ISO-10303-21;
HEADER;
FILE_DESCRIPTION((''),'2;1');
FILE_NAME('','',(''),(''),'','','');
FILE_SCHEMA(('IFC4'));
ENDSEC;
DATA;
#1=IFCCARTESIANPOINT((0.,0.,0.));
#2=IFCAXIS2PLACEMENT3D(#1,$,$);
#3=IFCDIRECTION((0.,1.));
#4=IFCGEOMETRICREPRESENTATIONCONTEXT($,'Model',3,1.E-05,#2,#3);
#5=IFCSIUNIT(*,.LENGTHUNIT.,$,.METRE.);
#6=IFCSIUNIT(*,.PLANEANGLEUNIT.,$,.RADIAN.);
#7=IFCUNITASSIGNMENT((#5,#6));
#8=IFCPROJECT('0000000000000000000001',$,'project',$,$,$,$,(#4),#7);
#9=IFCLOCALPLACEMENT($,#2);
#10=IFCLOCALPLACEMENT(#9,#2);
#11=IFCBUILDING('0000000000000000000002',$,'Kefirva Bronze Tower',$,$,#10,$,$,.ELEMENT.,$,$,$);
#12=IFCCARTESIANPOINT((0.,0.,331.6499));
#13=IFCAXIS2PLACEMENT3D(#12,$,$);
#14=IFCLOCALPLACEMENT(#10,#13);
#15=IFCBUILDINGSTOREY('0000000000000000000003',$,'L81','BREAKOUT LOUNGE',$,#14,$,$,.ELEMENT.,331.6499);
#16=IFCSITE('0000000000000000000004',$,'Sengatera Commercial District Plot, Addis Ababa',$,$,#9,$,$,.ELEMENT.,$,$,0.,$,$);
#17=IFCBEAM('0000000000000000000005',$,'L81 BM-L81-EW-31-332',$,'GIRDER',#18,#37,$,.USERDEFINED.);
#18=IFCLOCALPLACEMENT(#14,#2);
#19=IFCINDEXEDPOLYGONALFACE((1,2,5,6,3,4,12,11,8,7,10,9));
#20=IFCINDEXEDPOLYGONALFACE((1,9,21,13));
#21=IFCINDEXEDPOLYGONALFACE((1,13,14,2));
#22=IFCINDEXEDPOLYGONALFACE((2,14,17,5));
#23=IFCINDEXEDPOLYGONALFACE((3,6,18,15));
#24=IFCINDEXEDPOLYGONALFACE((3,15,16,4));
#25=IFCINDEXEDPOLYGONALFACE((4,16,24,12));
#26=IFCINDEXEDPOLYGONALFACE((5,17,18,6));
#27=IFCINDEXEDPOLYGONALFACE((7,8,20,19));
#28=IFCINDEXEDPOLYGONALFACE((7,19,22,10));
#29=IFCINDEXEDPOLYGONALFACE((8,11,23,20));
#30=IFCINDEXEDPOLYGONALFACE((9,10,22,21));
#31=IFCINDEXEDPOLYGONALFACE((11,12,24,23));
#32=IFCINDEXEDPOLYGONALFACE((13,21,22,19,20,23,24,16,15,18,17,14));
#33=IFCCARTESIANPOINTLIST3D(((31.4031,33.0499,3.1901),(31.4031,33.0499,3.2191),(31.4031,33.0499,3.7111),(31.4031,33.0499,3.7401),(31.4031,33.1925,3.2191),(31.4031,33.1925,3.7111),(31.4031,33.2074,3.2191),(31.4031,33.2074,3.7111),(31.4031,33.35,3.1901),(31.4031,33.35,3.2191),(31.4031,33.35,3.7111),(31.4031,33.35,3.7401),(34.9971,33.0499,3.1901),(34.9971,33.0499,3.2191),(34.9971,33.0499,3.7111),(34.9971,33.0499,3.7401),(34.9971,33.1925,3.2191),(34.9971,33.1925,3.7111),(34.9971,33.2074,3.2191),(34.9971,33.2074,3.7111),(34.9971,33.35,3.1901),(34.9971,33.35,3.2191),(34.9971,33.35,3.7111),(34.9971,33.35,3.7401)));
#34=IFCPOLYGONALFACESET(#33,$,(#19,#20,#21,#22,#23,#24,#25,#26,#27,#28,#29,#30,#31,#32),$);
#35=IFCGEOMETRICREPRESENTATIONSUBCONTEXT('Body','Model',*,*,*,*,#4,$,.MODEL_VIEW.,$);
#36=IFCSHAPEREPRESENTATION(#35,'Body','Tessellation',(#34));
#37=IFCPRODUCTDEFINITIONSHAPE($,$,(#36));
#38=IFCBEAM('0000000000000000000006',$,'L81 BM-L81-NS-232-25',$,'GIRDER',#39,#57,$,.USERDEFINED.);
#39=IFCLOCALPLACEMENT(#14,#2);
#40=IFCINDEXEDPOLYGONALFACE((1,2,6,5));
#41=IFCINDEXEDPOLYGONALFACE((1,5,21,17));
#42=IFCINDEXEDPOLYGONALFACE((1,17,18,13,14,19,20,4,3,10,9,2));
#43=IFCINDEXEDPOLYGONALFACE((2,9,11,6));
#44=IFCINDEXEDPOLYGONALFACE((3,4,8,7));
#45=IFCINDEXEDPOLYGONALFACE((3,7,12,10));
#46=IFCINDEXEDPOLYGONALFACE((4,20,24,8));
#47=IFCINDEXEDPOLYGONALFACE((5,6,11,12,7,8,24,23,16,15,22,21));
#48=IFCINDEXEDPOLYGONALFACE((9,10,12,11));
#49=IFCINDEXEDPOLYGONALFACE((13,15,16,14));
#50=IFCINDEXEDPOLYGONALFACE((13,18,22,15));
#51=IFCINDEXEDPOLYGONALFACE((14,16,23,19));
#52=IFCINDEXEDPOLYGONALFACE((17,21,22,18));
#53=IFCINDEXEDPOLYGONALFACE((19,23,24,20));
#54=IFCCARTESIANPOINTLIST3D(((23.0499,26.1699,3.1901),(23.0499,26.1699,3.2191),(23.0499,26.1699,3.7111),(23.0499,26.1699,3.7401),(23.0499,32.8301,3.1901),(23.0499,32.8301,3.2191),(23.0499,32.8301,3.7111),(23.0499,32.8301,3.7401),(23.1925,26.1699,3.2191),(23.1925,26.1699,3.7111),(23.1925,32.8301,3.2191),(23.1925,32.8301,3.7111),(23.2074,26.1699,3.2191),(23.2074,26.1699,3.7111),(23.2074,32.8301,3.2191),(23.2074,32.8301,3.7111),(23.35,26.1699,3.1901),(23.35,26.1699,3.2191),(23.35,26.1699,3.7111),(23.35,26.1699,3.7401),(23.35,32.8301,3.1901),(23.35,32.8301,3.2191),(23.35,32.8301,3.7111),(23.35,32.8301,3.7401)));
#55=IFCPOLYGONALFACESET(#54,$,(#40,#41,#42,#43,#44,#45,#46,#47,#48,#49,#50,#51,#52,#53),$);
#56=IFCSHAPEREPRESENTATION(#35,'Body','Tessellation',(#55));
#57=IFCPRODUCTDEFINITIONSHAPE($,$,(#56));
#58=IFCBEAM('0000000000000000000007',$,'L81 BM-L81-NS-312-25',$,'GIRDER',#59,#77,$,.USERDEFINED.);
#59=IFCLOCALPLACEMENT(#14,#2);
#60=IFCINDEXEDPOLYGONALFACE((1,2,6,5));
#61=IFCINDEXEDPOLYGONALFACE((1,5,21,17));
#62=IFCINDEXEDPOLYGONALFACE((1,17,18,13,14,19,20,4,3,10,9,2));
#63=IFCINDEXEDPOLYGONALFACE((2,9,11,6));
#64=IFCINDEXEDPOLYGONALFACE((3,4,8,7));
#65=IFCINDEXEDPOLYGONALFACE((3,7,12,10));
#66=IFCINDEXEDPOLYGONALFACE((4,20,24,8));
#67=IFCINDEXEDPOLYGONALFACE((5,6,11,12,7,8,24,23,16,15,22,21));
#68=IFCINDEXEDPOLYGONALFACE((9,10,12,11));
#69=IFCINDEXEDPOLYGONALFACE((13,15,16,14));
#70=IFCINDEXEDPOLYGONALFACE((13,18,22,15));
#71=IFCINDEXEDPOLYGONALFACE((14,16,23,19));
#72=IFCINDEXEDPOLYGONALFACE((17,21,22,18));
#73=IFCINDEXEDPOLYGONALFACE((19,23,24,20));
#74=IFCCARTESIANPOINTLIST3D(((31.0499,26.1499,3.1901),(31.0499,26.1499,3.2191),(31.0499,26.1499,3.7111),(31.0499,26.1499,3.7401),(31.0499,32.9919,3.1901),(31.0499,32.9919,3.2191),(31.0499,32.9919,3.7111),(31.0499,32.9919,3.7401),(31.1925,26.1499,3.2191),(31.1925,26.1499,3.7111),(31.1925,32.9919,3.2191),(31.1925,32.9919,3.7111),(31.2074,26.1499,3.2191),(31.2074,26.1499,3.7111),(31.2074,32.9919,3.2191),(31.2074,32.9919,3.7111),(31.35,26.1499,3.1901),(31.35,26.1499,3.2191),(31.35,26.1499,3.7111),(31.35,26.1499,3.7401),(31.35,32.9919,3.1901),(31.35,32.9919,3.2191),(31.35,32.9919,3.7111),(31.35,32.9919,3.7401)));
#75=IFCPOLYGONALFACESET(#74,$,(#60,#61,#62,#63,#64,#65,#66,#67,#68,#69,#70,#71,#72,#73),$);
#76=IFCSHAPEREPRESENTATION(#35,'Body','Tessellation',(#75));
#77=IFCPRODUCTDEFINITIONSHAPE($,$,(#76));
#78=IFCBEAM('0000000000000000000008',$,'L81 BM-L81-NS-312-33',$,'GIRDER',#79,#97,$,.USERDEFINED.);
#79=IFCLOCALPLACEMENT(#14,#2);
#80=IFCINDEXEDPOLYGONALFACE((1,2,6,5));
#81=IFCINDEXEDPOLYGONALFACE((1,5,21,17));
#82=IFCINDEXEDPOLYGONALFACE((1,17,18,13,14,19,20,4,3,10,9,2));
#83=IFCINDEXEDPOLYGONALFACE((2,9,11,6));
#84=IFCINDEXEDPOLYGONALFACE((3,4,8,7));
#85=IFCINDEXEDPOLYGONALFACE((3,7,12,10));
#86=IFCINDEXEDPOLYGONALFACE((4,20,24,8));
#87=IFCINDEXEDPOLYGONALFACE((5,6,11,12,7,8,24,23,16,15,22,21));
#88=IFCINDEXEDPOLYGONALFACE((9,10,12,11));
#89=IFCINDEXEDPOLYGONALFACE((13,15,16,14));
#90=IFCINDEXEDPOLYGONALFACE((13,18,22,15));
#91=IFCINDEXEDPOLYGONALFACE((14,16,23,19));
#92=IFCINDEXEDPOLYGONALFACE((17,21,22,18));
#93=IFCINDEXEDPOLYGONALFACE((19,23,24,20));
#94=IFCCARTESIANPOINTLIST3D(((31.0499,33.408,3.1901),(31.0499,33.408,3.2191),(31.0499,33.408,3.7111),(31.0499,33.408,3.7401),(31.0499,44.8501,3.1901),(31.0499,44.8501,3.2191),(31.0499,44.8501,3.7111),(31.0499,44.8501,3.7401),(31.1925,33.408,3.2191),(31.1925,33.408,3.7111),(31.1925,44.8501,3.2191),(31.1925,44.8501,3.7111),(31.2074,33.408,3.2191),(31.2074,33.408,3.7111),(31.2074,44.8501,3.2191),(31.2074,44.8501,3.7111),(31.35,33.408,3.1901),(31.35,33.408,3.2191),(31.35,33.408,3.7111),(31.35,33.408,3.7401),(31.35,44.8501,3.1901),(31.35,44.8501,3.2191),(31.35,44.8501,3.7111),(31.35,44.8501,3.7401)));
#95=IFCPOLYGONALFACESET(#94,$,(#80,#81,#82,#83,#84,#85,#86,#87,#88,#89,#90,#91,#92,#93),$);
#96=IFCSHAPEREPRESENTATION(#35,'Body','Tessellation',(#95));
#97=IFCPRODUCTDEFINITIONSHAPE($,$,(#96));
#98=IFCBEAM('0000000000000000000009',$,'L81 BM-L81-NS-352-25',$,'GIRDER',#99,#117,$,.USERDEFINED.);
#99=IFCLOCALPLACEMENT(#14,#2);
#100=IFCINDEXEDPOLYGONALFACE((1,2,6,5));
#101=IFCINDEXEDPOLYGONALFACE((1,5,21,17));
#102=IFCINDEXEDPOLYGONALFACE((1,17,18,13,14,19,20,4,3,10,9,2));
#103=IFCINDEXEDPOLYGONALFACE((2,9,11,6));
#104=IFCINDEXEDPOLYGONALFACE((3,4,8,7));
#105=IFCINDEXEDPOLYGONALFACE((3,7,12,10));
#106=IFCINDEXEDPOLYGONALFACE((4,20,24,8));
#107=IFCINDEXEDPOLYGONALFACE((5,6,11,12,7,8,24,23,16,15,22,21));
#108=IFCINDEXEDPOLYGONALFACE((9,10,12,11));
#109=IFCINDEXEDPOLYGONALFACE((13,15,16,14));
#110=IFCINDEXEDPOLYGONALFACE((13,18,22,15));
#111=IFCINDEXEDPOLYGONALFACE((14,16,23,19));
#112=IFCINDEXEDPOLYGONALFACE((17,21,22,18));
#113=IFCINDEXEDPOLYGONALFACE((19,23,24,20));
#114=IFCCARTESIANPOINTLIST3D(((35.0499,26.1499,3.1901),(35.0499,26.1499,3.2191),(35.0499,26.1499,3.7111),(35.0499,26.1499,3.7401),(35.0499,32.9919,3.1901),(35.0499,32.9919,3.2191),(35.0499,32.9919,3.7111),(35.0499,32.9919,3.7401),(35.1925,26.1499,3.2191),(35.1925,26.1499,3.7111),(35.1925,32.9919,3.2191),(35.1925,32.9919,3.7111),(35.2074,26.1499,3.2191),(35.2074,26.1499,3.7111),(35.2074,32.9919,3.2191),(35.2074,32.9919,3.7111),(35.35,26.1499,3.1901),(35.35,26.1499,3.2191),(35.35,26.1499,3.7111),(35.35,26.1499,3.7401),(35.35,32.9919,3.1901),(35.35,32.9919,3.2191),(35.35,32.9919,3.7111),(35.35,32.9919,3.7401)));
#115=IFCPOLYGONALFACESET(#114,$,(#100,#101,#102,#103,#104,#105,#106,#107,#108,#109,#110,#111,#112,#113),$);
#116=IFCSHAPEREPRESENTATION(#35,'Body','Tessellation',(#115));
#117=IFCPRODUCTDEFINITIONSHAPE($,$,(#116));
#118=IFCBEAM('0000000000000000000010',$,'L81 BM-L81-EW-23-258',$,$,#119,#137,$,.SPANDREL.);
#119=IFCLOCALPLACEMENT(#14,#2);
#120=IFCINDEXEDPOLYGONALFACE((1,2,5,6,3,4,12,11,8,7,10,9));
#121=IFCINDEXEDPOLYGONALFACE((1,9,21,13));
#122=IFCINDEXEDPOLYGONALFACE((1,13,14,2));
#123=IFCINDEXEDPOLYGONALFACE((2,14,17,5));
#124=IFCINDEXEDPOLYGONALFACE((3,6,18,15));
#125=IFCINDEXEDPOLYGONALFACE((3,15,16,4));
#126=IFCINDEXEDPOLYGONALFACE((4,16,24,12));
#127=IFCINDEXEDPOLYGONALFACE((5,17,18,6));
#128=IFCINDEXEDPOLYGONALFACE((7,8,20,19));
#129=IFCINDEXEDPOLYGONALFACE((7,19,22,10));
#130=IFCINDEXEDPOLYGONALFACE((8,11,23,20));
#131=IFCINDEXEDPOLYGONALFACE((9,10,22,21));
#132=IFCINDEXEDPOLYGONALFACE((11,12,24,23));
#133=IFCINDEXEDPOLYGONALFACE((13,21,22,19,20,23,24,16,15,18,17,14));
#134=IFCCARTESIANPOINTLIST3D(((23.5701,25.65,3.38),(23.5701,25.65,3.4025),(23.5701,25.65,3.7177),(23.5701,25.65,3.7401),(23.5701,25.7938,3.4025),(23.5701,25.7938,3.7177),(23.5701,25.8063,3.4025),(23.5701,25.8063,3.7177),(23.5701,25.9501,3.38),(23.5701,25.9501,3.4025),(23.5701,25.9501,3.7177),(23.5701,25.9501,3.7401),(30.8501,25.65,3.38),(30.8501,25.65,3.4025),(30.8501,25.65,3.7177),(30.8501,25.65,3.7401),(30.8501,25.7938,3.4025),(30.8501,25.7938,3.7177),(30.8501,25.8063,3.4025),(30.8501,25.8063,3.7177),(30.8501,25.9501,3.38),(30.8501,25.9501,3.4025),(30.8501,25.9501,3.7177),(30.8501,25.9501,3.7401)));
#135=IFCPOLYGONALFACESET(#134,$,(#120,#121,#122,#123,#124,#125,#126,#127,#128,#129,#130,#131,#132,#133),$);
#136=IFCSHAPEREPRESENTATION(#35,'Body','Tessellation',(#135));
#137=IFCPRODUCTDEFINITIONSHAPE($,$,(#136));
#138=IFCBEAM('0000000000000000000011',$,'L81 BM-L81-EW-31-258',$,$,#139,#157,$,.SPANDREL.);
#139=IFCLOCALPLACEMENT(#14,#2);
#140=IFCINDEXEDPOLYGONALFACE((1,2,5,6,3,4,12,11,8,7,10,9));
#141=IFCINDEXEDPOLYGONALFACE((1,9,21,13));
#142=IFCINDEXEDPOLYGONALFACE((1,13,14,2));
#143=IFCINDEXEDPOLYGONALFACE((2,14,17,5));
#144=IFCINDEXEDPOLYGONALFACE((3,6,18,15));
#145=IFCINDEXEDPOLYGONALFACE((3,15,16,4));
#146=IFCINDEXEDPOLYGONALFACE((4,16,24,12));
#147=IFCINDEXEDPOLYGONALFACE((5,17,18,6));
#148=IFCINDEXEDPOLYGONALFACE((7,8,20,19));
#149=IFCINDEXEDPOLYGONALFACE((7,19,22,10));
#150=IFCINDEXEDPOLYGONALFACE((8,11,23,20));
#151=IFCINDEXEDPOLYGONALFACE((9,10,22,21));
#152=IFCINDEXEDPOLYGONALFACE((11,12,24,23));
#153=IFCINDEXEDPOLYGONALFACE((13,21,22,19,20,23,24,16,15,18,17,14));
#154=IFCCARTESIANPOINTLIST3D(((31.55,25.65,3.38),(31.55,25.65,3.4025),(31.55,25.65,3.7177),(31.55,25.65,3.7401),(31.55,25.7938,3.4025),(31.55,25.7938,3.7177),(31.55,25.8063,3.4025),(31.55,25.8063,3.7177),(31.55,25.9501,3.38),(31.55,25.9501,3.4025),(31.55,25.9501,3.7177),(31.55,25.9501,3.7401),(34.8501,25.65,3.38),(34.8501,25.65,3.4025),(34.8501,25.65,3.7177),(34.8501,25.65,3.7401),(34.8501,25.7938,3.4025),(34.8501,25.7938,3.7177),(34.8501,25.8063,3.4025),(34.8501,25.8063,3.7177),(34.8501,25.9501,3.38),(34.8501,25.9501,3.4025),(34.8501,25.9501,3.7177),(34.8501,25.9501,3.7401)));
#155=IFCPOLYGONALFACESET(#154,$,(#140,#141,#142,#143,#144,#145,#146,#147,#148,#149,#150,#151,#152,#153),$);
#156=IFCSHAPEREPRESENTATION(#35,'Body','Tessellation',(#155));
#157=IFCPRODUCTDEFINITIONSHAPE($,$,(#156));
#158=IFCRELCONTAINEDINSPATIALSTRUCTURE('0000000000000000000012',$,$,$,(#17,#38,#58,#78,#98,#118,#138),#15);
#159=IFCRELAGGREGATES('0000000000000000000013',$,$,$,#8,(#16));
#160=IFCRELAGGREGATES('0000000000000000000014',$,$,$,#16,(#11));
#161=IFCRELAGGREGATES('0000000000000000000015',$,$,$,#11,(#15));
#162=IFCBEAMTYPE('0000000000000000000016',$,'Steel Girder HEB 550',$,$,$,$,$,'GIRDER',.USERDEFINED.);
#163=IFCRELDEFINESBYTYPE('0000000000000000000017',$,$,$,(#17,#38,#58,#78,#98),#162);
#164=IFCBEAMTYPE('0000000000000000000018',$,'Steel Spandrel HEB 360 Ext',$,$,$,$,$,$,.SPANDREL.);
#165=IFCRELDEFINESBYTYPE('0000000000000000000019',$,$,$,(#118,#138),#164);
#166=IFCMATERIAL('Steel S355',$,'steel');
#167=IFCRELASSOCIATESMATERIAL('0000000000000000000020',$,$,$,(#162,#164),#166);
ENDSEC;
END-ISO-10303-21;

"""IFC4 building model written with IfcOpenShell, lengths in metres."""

from ifc_helpers import new_model, si_unit, direction, frame, origin, origin_2d, place, context, subcontext, project, spatial, i_section, extrude, material, material_profile, profile_set, type_object, element, save


model = new_model("IFC4")

# Units and contexts
model_context = context("Model", 3, precision=1e-05, world=origin(), true_north=direction((0.0, 1.0)))
body_context = subcontext(model_context, "Body", "Model", "MODEL_VIEW")
ifc_project = project(units=[si_unit("LENGTHUNIT", "METRE"), si_unit("PLANEANGLEUNIT", "RADIAN")], contexts=[model_context])

# Site, building, storey
site_placement = place(None, origin())
site = spatial("IfcSite", under=ifc_project, at=site_placement, Name="Sengatera Commercial District Plot, Addis Ababa", CompositionType="ELEMENT", RefElevation=0.0)
building_placement = place(site_placement, origin())
building = spatial("IfcBuilding", under=site, at=building_placement, Name="Kefirva Bronze Tower", CompositionType="ELEMENT")
storey_placement = place(building_placement, frame((0.0, 0.0, 331.6499)))
storey = spatial("IfcBuildingStorey", under=building, at=storey_placement, Name="L81", Description="BREAKOUT LOUNGE", CompositionType="ELEMENT", Elevation=331.6499)

# Beams
ifc_material_1 = material(Name="Steel S355", Category="steel")
ifc_material_profile_1 = material_profile(ifc_material_1, i_section(OverallWidth=0.3, OverallDepth=0.55, WebThickness=0.0149, FlangeThickness=0.0291, at=origin_2d()), Name="HEB 550")
ifc_profile_set_1 = profile_set([ifc_material_profile_1], Name="Steel S355")
beam_type_1 = type_object("IfcBeamType", Name="Steel Girder HEB 550", ElementType="GIRDER", PredefinedType="USERDEFINED", material=ifc_profile_set_1)
beam_1_placement = place(storey_placement, frame((31.4031, 33.2, 3.4651), z_axis=(1.0, 0.0, 0.0), x_axis=(0.0, 1.0, 0.0)))
element("IfcBeam", 1, at=beam_1_placement, inside=storey, type_object=beam_type_1, Name="L81 BM-L81-EW-31-332", ObjectType="GIRDER", PredefinedType="USERDEFINED", context=body_context, shape_type="SweptSolid", body=[
    extrude(i_section(OverallWidth=0.3, OverallDepth=0.55, WebThickness=0.0149, FlangeThickness=0.0291, at=origin_2d()), origin(), (0.0, 0.0, 1.0), 3.594),
])
beam_2_placement = place(storey_placement, frame((23.2, 26.1699, 3.4651), z_axis=(0.0, 1.0, 0.0), x_axis=(-1.0, 0.0, 0.0)))
element("IfcBeam", 2, at=beam_2_placement, inside=storey, type_object=beam_type_1, Name="L81 BM-L81-NS-232-25", ObjectType="GIRDER", PredefinedType="USERDEFINED", context=body_context, shape_type="SweptSolid", body=[
    extrude(i_section(OverallWidth=0.3, OverallDepth=0.55, WebThickness=0.0149, FlangeThickness=0.0291, at=origin_2d()), origin(), (0.0, 0.0, 1.0), 6.6602),
])
beam_3_placement = place(storey_placement, frame((31.2, 26.1499, 3.4651), z_axis=(0.0, 1.0, 0.0), x_axis=(-1.0, 0.0, 0.0)))
element("IfcBeam", 3, at=beam_3_placement, inside=storey, type_object=beam_type_1, Name="L81 BM-L81-NS-312-25", ObjectType="GIRDER", PredefinedType="USERDEFINED", context=body_context, shape_type="SweptSolid", body=[
    extrude(i_section(OverallWidth=0.3, OverallDepth=0.55, WebThickness=0.0149, FlangeThickness=0.0291, at=origin_2d()), origin(), (0.0, 0.0, 1.0), 6.842),
])
beam_4_placement = place(storey_placement, frame((31.2, 33.408, 3.4651), z_axis=(0.0, 1.0, 0.0), x_axis=(-1.0, 0.0, 0.0)))
element("IfcBeam", 4, at=beam_4_placement, inside=storey, type_object=beam_type_1, Name="L81 BM-L81-NS-312-33", ObjectType="GIRDER", PredefinedType="USERDEFINED", context=body_context, shape_type="SweptSolid", body=[
    extrude(i_section(OverallWidth=0.3, OverallDepth=0.55, WebThickness=0.0149, FlangeThickness=0.0291, at=origin_2d()), origin(), (0.0, 0.0, 1.0), 11.4421),
])
beam_5_placement = place(storey_placement, frame((35.2, 26.1499, 3.4651), z_axis=(0.0, 1.0, 0.0), x_axis=(-1.0, 0.0, 0.0)))
element("IfcBeam", 5, at=beam_5_placement, inside=storey, type_object=beam_type_1, Name="L81 BM-L81-NS-352-25", ObjectType="GIRDER", PredefinedType="USERDEFINED", context=body_context, shape_type="SweptSolid", body=[
    extrude(i_section(OverallWidth=0.3, OverallDepth=0.55, WebThickness=0.0149, FlangeThickness=0.0291, at=origin_2d()), origin(), (0.0, 0.0, 1.0), 6.842),
])
ifc_material_profile_2 = material_profile(ifc_material_1, i_section(OverallWidth=0.3, OverallDepth=0.3601, WebThickness=0.0125, FlangeThickness=0.0225, at=origin_2d()), Name="HEB 360")
ifc_profile_set_2 = profile_set([ifc_material_profile_2], Name="Steel S355")
beam_type_2 = type_object("IfcBeamType", Name="Steel Spandrel HEB 360 Ext", PredefinedType="SPANDREL", material=ifc_profile_set_2)
beam_6_placement = place(storey_placement, frame((23.5701, 25.8, 3.5601), z_axis=(1.0, 0.0, 0.0), x_axis=(0.0, 1.0, 0.0)))
element("IfcBeam", 6, at=beam_6_placement, inside=storey, type_object=beam_type_2, Name="L81 BM-L81-EW-23-258", PredefinedType="SPANDREL", context=body_context, shape_type="SweptSolid", body=[
    extrude(i_section(OverallWidth=0.3, OverallDepth=0.3601, WebThickness=0.0125, FlangeThickness=0.0225, at=origin_2d()), origin(), (0.0, 0.0, 1.0), 7.28),
])
beam_7_placement = place(storey_placement, frame((31.55, 25.8, 3.5601), z_axis=(1.0, 0.0, 0.0), x_axis=(0.0, 1.0, 0.0)))
element("IfcBeam", 7, at=beam_7_placement, inside=storey, type_object=beam_type_2, Name="L81 BM-L81-EW-31-258", PredefinedType="SPANDREL", context=body_context, shape_type="SweptSolid", body=[
    extrude(i_section(OverallWidth=0.3, OverallDepth=0.3601, WebThickness=0.0125, FlangeThickness=0.0225, at=origin_2d()), origin(), (0.0, 0.0, 1.0), 3.3),
])

save(model, "model.ifc")
